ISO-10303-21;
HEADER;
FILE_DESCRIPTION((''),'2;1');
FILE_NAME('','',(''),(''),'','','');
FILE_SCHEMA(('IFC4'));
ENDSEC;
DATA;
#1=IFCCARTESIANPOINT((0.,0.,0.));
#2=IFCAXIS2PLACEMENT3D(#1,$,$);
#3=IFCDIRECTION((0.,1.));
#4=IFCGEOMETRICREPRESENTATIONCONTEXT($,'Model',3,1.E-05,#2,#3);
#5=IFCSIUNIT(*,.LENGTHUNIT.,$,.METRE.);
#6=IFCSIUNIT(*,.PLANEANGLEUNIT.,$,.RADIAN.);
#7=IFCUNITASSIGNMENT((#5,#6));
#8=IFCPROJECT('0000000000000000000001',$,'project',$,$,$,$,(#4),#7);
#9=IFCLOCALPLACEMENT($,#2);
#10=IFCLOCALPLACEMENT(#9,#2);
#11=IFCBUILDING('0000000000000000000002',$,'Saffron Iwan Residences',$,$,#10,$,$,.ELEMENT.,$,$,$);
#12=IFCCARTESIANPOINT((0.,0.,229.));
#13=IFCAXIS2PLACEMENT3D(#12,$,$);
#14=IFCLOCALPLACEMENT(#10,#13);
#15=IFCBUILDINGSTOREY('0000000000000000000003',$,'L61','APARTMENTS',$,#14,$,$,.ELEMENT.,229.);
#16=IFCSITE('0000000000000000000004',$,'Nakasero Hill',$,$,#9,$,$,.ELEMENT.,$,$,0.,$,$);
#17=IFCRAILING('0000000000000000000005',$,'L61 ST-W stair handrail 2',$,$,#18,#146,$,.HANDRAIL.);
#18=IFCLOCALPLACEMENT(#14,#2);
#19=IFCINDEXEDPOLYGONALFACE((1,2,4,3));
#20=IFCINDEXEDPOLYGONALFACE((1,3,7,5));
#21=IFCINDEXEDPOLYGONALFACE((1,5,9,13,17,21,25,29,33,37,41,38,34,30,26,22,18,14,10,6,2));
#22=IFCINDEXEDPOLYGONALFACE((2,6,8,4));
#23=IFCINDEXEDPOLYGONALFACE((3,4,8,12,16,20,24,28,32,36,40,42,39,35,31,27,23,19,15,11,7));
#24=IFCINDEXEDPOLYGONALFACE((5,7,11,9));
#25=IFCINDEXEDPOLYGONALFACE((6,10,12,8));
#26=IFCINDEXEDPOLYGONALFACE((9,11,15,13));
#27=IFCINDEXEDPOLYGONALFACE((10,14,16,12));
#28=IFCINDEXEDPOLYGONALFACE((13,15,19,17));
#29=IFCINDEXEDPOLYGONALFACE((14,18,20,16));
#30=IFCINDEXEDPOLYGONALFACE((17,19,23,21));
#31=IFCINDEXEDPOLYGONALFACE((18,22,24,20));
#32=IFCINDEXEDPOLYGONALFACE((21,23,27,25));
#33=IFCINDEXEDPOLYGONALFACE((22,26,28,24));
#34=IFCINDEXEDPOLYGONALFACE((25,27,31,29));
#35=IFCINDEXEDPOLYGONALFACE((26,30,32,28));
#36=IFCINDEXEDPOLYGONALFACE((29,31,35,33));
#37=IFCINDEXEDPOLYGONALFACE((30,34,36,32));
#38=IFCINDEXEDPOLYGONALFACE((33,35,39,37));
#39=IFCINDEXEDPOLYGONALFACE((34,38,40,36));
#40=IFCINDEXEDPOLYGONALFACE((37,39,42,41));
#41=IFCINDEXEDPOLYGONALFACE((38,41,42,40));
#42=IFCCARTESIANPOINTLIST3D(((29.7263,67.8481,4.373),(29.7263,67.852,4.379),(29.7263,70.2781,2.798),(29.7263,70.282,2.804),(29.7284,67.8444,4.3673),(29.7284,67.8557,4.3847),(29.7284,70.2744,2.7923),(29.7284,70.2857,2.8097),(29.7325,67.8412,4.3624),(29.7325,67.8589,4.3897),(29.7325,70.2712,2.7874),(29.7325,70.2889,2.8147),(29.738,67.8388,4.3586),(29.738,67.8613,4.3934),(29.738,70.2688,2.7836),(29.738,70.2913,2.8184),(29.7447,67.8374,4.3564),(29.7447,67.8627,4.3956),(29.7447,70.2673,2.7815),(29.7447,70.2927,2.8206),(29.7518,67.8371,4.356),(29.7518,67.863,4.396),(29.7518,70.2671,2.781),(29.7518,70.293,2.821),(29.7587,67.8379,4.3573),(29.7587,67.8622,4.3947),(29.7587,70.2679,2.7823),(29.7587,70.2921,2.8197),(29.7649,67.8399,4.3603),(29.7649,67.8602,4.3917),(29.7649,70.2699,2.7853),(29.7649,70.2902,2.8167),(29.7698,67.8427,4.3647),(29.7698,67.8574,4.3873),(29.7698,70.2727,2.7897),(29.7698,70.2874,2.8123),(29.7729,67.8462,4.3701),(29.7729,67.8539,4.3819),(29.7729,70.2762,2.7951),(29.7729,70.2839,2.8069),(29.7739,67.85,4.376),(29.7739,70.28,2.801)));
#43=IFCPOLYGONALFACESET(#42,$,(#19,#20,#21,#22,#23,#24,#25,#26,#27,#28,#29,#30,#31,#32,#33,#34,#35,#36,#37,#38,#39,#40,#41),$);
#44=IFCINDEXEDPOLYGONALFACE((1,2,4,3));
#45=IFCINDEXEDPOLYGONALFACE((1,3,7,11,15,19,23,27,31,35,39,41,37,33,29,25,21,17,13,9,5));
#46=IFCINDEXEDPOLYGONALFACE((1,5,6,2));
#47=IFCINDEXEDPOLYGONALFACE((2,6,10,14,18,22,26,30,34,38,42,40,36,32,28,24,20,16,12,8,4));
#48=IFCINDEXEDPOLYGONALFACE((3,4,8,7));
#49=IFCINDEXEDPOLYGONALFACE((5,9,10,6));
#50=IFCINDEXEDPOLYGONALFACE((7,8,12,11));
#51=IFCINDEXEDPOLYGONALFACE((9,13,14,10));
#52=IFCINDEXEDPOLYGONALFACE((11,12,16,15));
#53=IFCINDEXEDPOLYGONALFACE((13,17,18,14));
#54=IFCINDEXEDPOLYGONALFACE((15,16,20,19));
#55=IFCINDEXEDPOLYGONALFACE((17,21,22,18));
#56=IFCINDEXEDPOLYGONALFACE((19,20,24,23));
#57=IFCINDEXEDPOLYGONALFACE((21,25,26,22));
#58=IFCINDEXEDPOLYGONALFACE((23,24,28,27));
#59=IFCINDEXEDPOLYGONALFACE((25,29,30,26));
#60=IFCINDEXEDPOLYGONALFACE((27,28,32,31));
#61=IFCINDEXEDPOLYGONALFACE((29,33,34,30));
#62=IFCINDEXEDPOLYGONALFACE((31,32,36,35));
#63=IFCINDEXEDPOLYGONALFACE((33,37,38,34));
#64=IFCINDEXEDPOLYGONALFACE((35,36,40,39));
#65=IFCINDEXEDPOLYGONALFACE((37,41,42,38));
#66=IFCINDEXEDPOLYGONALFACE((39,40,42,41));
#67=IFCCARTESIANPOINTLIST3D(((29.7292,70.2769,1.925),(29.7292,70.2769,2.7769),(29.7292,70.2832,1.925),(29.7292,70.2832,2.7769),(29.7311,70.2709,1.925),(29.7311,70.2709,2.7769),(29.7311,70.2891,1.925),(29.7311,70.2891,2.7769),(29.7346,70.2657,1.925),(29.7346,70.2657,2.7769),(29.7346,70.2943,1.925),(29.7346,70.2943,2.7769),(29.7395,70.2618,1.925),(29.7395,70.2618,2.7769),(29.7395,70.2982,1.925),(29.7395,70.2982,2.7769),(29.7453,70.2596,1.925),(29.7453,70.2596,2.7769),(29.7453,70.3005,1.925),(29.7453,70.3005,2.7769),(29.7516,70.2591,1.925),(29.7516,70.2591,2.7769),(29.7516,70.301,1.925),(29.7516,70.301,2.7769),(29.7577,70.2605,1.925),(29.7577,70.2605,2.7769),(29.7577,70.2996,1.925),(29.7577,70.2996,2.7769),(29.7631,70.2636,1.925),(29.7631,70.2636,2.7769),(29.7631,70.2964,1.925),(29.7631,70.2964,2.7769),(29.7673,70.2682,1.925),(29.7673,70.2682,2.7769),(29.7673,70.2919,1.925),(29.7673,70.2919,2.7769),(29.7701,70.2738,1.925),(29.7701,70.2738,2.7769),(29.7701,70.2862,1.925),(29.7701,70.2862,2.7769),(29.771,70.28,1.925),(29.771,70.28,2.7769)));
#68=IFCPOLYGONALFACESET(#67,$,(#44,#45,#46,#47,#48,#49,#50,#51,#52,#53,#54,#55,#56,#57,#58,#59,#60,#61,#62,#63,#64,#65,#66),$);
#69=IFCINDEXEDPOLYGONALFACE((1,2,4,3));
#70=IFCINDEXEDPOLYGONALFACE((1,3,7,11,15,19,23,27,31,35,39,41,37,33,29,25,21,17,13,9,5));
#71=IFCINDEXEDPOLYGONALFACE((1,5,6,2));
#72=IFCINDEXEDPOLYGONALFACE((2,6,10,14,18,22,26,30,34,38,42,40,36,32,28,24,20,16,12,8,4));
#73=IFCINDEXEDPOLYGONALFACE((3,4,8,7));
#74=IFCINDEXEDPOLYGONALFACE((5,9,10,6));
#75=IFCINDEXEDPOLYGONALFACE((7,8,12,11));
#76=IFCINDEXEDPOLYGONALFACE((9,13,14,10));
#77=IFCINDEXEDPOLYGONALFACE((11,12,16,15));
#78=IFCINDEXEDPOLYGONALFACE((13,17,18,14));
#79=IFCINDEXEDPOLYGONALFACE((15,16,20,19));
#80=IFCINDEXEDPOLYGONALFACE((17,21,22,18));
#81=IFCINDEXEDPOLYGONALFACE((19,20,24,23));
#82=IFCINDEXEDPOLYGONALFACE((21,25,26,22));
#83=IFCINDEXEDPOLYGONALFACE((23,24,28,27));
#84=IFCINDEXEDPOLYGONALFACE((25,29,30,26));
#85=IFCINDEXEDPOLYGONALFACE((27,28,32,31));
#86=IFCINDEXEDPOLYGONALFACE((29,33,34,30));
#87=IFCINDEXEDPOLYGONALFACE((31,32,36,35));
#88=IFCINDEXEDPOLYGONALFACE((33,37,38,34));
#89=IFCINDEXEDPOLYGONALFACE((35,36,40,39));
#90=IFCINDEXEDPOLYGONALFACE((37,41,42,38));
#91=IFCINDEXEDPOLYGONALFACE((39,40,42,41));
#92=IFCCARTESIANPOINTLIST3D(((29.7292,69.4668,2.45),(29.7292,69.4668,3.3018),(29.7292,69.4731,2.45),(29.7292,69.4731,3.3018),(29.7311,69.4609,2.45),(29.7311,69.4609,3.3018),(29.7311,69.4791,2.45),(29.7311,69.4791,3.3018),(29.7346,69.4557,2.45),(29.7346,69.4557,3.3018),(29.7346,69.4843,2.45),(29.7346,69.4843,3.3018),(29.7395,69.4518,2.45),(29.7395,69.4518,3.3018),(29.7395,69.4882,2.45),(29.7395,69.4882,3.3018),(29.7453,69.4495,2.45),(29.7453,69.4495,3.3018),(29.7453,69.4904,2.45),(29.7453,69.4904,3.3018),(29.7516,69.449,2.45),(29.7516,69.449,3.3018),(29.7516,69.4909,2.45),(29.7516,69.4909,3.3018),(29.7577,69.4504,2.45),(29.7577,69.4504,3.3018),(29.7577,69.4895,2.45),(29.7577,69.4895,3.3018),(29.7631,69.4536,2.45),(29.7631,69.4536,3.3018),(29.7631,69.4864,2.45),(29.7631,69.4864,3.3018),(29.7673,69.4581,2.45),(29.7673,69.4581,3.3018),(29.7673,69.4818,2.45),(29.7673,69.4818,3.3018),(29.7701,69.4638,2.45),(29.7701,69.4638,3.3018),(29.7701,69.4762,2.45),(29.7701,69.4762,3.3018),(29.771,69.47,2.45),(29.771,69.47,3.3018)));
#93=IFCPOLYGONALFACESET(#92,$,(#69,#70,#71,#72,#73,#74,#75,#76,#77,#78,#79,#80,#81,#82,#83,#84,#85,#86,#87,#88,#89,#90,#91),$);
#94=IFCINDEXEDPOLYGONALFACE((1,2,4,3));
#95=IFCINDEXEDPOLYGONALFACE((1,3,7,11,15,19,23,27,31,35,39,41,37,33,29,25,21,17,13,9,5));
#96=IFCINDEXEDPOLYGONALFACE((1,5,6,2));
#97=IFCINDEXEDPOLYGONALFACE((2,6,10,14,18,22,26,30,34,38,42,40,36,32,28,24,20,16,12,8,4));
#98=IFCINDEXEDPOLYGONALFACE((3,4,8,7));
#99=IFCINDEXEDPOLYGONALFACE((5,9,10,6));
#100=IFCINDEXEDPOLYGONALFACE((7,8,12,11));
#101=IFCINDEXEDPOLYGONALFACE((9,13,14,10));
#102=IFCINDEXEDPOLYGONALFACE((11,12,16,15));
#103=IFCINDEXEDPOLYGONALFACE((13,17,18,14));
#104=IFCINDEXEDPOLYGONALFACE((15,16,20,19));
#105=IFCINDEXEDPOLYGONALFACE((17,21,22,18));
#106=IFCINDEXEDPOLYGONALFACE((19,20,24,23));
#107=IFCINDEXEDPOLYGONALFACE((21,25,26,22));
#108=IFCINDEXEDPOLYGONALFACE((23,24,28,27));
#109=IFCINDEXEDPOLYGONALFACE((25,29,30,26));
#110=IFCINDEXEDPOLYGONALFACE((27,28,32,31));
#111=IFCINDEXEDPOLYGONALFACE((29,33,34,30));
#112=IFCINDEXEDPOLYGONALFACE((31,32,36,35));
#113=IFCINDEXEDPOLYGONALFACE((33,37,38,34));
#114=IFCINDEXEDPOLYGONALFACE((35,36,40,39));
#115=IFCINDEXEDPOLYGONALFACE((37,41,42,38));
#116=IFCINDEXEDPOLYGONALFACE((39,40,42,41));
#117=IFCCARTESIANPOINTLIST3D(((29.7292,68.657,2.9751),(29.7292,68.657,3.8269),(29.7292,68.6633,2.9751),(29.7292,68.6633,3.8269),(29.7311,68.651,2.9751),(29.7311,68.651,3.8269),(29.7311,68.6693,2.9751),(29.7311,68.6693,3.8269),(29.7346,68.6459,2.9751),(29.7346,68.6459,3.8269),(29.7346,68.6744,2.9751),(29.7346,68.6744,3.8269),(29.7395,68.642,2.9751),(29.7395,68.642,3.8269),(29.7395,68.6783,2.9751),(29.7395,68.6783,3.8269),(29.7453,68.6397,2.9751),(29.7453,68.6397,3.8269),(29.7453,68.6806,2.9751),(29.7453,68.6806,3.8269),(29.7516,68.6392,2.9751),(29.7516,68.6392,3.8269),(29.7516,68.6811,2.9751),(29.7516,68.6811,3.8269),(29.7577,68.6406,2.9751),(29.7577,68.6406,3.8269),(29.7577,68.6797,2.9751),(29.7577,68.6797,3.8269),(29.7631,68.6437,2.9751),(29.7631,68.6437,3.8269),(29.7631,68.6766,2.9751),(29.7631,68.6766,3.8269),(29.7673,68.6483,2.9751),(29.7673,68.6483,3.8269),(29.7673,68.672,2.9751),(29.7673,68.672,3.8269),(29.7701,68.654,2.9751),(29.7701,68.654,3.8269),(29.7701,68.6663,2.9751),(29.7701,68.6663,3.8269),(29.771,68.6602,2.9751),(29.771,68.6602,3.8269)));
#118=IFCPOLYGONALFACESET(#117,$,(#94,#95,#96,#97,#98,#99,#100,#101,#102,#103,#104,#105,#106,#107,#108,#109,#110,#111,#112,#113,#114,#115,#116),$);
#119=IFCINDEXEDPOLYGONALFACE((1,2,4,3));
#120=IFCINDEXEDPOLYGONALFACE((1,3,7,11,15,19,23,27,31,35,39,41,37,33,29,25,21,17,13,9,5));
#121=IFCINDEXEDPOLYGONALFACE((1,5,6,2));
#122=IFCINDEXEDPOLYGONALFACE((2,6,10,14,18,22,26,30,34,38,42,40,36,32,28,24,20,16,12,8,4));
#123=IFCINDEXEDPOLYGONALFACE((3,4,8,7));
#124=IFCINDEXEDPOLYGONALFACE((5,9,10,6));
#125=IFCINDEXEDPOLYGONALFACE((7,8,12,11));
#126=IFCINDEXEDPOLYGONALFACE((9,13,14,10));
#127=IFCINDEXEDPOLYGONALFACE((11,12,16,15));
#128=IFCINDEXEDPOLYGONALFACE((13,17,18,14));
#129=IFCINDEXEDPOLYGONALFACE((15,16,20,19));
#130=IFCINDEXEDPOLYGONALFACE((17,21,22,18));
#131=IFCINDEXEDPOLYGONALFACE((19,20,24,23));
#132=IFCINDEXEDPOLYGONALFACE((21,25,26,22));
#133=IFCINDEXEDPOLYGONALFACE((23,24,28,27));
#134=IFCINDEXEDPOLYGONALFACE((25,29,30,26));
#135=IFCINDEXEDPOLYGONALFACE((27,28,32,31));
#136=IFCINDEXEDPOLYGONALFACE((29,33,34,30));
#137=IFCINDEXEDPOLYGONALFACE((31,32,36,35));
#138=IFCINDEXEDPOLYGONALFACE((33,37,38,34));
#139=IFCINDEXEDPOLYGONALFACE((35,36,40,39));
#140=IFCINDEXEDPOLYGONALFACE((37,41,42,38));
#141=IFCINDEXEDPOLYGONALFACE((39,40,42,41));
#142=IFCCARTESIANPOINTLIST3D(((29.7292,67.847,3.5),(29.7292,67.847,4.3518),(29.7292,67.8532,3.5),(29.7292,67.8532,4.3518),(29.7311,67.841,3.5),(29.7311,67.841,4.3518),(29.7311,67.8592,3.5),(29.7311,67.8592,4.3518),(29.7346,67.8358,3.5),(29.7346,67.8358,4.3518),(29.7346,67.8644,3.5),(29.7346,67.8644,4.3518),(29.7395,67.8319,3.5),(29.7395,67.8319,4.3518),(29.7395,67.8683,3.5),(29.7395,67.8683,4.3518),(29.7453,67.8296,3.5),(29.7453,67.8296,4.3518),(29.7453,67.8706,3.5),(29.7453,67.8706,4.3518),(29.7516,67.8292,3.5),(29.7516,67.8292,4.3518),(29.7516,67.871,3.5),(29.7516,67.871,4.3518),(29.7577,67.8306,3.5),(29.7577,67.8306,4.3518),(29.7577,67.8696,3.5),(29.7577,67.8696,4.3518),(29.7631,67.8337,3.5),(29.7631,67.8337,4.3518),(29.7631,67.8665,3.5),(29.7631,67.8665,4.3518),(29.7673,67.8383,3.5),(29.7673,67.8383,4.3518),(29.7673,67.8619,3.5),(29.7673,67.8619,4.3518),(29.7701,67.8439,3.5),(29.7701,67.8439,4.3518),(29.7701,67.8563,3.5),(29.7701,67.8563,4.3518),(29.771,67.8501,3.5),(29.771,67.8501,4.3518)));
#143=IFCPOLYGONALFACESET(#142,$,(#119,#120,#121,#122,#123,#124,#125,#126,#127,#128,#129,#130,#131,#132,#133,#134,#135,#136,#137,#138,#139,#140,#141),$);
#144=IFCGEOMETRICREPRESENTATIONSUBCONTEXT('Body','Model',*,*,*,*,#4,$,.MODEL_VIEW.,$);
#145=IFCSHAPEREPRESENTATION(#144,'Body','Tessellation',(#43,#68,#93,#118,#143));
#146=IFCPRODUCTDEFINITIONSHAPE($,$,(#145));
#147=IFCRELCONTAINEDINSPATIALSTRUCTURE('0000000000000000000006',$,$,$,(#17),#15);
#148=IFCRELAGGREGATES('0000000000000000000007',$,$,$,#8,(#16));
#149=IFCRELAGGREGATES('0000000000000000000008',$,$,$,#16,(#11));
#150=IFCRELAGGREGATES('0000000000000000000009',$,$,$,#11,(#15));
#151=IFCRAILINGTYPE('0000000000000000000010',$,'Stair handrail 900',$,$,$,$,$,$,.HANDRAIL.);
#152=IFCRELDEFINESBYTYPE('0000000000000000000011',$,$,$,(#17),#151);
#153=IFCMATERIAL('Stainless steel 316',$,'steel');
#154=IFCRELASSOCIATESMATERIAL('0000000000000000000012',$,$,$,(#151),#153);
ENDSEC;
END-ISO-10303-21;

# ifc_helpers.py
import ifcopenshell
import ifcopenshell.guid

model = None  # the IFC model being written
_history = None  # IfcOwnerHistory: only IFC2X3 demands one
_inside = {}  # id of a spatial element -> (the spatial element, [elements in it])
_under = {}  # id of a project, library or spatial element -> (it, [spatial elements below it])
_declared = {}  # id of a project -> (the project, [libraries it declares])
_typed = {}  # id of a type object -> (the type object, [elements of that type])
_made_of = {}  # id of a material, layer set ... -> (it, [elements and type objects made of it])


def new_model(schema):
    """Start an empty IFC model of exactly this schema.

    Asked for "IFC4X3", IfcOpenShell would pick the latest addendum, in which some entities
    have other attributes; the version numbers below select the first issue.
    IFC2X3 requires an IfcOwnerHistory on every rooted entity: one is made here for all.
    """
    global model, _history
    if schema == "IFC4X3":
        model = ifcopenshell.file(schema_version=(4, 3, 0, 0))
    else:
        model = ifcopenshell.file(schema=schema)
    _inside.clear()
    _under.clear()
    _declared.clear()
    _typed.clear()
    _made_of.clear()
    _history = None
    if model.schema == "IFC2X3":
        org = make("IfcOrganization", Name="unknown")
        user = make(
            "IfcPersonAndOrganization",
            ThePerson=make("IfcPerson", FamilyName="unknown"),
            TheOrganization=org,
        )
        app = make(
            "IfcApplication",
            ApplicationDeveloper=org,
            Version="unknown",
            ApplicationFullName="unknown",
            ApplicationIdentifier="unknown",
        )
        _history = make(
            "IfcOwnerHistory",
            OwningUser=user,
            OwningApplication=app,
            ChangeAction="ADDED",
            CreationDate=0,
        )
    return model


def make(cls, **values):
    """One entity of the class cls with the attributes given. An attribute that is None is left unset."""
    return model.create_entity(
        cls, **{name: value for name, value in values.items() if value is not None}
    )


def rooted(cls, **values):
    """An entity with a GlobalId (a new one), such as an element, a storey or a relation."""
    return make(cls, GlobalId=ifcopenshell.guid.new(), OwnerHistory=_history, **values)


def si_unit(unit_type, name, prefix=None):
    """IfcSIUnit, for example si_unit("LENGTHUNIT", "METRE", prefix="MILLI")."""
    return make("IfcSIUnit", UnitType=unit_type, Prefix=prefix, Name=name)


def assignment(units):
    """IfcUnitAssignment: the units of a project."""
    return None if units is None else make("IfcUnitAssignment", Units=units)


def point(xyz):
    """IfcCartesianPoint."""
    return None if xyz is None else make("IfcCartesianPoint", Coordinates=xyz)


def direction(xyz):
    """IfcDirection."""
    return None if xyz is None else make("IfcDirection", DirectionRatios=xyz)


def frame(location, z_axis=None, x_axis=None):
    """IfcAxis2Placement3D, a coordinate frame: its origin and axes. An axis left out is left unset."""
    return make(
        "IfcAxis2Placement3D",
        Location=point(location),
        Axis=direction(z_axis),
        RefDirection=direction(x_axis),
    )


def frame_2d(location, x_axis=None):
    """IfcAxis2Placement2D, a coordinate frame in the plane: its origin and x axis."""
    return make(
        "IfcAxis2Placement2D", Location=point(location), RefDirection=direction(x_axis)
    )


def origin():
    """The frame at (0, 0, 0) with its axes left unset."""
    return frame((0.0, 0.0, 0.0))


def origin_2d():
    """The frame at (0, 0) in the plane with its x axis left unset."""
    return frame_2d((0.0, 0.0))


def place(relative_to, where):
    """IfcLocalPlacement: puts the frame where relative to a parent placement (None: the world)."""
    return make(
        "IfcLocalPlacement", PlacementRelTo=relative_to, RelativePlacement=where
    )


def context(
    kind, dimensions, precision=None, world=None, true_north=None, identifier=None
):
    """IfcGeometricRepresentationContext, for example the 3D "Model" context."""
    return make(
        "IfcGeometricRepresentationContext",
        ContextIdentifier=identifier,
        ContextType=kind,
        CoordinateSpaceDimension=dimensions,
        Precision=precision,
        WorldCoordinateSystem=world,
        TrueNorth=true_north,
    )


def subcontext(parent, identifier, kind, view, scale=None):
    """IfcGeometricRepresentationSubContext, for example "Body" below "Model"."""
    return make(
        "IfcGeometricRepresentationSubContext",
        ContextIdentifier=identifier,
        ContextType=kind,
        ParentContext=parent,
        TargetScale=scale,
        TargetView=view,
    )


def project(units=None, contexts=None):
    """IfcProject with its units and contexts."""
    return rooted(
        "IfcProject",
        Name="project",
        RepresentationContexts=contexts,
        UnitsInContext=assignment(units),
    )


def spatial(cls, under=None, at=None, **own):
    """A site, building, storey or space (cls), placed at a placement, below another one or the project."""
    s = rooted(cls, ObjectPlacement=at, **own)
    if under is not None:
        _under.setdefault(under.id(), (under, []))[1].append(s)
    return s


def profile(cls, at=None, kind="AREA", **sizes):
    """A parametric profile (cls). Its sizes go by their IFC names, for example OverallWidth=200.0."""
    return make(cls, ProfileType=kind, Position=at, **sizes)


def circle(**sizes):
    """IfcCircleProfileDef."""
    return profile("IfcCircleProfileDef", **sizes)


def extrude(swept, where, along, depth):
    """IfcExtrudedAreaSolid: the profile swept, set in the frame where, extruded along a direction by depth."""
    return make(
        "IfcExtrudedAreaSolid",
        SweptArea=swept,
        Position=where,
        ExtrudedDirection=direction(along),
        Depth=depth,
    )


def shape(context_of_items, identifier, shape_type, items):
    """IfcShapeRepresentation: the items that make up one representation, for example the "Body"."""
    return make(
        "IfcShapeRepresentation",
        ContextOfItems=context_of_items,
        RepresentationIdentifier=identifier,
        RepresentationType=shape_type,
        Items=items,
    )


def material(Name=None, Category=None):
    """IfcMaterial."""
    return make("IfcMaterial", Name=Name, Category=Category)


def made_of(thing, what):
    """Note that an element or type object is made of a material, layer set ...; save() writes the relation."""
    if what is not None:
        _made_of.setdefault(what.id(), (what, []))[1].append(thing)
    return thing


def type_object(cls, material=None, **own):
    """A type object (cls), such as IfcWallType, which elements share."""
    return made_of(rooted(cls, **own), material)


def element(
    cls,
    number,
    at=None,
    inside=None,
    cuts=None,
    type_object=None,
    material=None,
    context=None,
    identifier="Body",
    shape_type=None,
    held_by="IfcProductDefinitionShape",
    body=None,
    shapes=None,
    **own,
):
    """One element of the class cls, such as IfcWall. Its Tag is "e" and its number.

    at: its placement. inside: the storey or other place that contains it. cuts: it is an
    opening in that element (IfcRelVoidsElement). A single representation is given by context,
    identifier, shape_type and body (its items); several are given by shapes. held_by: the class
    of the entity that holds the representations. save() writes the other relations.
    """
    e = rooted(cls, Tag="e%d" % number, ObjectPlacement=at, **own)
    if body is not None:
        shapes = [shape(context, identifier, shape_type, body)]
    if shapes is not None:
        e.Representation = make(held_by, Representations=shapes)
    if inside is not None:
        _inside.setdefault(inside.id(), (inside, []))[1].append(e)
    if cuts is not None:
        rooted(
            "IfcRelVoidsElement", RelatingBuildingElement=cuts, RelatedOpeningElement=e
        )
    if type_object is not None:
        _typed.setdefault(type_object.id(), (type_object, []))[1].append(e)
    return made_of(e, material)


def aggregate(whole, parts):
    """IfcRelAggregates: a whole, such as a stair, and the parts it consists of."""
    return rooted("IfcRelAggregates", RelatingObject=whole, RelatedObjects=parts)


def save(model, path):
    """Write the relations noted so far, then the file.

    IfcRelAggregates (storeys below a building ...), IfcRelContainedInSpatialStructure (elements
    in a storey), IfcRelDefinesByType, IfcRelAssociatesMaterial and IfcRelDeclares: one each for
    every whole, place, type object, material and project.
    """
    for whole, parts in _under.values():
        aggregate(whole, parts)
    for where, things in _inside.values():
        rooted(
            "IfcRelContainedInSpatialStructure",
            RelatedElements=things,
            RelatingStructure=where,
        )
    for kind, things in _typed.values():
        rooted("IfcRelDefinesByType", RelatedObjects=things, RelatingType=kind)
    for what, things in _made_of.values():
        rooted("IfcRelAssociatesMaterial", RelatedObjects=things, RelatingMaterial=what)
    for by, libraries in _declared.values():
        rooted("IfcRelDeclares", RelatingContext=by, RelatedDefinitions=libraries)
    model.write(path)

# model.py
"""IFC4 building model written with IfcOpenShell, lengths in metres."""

from ifc_helpers import new_model, si_unit, direction, frame, origin, origin_2d, place, context, subcontext, project, spatial, circle, extrude, material, type_object, element, save


model = new_model("IFC4")

# Units and contexts
model_context = context("Model", 3, precision=1e-05, world=origin(), true_north=direction((0.0, 1.0)))
body_context = subcontext(model_context, "Body", "Model", "MODEL_VIEW")
ifc_project = project(units=[si_unit("LENGTHUNIT", "METRE"), si_unit("PLANEANGLEUNIT", "RADIAN")], contexts=[model_context])

# Site, building, storey
site_placement = place(None, origin())
site = spatial("IfcSite", under=ifc_project, at=site_placement, Name="Nakasero Hill", CompositionType="ELEMENT", RefElevation=0.0)
building_placement = place(site_placement, origin())
building = spatial("IfcBuilding", under=site, at=building_placement, Name="Saffron Iwan Residences", CompositionType="ELEMENT")
storey_placement = place(building_placement, frame((0.0, 0.0, 229.0)))
storey = spatial("IfcBuildingStorey", under=building, at=storey_placement, Name="L61", Description="APARTMENTS", CompositionType="ELEMENT", Elevation=229.0)

# Railing
ifc_material_1 = material(Name="Stainless steel 316", Category="steel")
railing_type_1 = type_object("IfcRailingType", Name="Stair handrail 900", PredefinedType="HANDRAIL", material=ifc_material_1)
railing_1_placement = place(storey_placement, frame((29.75, 70.28, 1.925)))
element("IfcRailing", 1, at=railing_1_placement, inside=storey, type_object=railing_type_1, Name="L61 ST-W stair handrail 2", PredefinedType="HANDRAIL", context=body_context, shape_type="SweptSolid", body=[
    extrude(circle(Radius=0.0239, at=origin_2d()), frame((0.0, 0.0, 0.876), z_axis=(0.0, -0.839154, 0.543894), x_axis=(1.0, 0.0, 0.0)), (0.0, 0.0, 1.0), 2.8958),
    extrude(circle(Radius=0.021, at=origin_2d()), origin(), (0.0, 0.0, 1.0), 0.8518),
    extrude(circle(Radius=0.021, at=origin_2d()), frame((0.0, -0.8101, 0.5249)), (0.0, 0.0, 1.0), 0.8518),
    extrude(circle(Radius=0.021, at=origin_2d()), frame((0.0, -1.6199, 1.05)), (0.0, 0.0, 1.0), 0.8518),
    extrude(circle(Radius=0.021, at=origin_2d()), frame((0.0, -2.4299, 1.575)), (0.0, 0.0, 1.0), 0.8518),
])

save(model, "model.ifc")
